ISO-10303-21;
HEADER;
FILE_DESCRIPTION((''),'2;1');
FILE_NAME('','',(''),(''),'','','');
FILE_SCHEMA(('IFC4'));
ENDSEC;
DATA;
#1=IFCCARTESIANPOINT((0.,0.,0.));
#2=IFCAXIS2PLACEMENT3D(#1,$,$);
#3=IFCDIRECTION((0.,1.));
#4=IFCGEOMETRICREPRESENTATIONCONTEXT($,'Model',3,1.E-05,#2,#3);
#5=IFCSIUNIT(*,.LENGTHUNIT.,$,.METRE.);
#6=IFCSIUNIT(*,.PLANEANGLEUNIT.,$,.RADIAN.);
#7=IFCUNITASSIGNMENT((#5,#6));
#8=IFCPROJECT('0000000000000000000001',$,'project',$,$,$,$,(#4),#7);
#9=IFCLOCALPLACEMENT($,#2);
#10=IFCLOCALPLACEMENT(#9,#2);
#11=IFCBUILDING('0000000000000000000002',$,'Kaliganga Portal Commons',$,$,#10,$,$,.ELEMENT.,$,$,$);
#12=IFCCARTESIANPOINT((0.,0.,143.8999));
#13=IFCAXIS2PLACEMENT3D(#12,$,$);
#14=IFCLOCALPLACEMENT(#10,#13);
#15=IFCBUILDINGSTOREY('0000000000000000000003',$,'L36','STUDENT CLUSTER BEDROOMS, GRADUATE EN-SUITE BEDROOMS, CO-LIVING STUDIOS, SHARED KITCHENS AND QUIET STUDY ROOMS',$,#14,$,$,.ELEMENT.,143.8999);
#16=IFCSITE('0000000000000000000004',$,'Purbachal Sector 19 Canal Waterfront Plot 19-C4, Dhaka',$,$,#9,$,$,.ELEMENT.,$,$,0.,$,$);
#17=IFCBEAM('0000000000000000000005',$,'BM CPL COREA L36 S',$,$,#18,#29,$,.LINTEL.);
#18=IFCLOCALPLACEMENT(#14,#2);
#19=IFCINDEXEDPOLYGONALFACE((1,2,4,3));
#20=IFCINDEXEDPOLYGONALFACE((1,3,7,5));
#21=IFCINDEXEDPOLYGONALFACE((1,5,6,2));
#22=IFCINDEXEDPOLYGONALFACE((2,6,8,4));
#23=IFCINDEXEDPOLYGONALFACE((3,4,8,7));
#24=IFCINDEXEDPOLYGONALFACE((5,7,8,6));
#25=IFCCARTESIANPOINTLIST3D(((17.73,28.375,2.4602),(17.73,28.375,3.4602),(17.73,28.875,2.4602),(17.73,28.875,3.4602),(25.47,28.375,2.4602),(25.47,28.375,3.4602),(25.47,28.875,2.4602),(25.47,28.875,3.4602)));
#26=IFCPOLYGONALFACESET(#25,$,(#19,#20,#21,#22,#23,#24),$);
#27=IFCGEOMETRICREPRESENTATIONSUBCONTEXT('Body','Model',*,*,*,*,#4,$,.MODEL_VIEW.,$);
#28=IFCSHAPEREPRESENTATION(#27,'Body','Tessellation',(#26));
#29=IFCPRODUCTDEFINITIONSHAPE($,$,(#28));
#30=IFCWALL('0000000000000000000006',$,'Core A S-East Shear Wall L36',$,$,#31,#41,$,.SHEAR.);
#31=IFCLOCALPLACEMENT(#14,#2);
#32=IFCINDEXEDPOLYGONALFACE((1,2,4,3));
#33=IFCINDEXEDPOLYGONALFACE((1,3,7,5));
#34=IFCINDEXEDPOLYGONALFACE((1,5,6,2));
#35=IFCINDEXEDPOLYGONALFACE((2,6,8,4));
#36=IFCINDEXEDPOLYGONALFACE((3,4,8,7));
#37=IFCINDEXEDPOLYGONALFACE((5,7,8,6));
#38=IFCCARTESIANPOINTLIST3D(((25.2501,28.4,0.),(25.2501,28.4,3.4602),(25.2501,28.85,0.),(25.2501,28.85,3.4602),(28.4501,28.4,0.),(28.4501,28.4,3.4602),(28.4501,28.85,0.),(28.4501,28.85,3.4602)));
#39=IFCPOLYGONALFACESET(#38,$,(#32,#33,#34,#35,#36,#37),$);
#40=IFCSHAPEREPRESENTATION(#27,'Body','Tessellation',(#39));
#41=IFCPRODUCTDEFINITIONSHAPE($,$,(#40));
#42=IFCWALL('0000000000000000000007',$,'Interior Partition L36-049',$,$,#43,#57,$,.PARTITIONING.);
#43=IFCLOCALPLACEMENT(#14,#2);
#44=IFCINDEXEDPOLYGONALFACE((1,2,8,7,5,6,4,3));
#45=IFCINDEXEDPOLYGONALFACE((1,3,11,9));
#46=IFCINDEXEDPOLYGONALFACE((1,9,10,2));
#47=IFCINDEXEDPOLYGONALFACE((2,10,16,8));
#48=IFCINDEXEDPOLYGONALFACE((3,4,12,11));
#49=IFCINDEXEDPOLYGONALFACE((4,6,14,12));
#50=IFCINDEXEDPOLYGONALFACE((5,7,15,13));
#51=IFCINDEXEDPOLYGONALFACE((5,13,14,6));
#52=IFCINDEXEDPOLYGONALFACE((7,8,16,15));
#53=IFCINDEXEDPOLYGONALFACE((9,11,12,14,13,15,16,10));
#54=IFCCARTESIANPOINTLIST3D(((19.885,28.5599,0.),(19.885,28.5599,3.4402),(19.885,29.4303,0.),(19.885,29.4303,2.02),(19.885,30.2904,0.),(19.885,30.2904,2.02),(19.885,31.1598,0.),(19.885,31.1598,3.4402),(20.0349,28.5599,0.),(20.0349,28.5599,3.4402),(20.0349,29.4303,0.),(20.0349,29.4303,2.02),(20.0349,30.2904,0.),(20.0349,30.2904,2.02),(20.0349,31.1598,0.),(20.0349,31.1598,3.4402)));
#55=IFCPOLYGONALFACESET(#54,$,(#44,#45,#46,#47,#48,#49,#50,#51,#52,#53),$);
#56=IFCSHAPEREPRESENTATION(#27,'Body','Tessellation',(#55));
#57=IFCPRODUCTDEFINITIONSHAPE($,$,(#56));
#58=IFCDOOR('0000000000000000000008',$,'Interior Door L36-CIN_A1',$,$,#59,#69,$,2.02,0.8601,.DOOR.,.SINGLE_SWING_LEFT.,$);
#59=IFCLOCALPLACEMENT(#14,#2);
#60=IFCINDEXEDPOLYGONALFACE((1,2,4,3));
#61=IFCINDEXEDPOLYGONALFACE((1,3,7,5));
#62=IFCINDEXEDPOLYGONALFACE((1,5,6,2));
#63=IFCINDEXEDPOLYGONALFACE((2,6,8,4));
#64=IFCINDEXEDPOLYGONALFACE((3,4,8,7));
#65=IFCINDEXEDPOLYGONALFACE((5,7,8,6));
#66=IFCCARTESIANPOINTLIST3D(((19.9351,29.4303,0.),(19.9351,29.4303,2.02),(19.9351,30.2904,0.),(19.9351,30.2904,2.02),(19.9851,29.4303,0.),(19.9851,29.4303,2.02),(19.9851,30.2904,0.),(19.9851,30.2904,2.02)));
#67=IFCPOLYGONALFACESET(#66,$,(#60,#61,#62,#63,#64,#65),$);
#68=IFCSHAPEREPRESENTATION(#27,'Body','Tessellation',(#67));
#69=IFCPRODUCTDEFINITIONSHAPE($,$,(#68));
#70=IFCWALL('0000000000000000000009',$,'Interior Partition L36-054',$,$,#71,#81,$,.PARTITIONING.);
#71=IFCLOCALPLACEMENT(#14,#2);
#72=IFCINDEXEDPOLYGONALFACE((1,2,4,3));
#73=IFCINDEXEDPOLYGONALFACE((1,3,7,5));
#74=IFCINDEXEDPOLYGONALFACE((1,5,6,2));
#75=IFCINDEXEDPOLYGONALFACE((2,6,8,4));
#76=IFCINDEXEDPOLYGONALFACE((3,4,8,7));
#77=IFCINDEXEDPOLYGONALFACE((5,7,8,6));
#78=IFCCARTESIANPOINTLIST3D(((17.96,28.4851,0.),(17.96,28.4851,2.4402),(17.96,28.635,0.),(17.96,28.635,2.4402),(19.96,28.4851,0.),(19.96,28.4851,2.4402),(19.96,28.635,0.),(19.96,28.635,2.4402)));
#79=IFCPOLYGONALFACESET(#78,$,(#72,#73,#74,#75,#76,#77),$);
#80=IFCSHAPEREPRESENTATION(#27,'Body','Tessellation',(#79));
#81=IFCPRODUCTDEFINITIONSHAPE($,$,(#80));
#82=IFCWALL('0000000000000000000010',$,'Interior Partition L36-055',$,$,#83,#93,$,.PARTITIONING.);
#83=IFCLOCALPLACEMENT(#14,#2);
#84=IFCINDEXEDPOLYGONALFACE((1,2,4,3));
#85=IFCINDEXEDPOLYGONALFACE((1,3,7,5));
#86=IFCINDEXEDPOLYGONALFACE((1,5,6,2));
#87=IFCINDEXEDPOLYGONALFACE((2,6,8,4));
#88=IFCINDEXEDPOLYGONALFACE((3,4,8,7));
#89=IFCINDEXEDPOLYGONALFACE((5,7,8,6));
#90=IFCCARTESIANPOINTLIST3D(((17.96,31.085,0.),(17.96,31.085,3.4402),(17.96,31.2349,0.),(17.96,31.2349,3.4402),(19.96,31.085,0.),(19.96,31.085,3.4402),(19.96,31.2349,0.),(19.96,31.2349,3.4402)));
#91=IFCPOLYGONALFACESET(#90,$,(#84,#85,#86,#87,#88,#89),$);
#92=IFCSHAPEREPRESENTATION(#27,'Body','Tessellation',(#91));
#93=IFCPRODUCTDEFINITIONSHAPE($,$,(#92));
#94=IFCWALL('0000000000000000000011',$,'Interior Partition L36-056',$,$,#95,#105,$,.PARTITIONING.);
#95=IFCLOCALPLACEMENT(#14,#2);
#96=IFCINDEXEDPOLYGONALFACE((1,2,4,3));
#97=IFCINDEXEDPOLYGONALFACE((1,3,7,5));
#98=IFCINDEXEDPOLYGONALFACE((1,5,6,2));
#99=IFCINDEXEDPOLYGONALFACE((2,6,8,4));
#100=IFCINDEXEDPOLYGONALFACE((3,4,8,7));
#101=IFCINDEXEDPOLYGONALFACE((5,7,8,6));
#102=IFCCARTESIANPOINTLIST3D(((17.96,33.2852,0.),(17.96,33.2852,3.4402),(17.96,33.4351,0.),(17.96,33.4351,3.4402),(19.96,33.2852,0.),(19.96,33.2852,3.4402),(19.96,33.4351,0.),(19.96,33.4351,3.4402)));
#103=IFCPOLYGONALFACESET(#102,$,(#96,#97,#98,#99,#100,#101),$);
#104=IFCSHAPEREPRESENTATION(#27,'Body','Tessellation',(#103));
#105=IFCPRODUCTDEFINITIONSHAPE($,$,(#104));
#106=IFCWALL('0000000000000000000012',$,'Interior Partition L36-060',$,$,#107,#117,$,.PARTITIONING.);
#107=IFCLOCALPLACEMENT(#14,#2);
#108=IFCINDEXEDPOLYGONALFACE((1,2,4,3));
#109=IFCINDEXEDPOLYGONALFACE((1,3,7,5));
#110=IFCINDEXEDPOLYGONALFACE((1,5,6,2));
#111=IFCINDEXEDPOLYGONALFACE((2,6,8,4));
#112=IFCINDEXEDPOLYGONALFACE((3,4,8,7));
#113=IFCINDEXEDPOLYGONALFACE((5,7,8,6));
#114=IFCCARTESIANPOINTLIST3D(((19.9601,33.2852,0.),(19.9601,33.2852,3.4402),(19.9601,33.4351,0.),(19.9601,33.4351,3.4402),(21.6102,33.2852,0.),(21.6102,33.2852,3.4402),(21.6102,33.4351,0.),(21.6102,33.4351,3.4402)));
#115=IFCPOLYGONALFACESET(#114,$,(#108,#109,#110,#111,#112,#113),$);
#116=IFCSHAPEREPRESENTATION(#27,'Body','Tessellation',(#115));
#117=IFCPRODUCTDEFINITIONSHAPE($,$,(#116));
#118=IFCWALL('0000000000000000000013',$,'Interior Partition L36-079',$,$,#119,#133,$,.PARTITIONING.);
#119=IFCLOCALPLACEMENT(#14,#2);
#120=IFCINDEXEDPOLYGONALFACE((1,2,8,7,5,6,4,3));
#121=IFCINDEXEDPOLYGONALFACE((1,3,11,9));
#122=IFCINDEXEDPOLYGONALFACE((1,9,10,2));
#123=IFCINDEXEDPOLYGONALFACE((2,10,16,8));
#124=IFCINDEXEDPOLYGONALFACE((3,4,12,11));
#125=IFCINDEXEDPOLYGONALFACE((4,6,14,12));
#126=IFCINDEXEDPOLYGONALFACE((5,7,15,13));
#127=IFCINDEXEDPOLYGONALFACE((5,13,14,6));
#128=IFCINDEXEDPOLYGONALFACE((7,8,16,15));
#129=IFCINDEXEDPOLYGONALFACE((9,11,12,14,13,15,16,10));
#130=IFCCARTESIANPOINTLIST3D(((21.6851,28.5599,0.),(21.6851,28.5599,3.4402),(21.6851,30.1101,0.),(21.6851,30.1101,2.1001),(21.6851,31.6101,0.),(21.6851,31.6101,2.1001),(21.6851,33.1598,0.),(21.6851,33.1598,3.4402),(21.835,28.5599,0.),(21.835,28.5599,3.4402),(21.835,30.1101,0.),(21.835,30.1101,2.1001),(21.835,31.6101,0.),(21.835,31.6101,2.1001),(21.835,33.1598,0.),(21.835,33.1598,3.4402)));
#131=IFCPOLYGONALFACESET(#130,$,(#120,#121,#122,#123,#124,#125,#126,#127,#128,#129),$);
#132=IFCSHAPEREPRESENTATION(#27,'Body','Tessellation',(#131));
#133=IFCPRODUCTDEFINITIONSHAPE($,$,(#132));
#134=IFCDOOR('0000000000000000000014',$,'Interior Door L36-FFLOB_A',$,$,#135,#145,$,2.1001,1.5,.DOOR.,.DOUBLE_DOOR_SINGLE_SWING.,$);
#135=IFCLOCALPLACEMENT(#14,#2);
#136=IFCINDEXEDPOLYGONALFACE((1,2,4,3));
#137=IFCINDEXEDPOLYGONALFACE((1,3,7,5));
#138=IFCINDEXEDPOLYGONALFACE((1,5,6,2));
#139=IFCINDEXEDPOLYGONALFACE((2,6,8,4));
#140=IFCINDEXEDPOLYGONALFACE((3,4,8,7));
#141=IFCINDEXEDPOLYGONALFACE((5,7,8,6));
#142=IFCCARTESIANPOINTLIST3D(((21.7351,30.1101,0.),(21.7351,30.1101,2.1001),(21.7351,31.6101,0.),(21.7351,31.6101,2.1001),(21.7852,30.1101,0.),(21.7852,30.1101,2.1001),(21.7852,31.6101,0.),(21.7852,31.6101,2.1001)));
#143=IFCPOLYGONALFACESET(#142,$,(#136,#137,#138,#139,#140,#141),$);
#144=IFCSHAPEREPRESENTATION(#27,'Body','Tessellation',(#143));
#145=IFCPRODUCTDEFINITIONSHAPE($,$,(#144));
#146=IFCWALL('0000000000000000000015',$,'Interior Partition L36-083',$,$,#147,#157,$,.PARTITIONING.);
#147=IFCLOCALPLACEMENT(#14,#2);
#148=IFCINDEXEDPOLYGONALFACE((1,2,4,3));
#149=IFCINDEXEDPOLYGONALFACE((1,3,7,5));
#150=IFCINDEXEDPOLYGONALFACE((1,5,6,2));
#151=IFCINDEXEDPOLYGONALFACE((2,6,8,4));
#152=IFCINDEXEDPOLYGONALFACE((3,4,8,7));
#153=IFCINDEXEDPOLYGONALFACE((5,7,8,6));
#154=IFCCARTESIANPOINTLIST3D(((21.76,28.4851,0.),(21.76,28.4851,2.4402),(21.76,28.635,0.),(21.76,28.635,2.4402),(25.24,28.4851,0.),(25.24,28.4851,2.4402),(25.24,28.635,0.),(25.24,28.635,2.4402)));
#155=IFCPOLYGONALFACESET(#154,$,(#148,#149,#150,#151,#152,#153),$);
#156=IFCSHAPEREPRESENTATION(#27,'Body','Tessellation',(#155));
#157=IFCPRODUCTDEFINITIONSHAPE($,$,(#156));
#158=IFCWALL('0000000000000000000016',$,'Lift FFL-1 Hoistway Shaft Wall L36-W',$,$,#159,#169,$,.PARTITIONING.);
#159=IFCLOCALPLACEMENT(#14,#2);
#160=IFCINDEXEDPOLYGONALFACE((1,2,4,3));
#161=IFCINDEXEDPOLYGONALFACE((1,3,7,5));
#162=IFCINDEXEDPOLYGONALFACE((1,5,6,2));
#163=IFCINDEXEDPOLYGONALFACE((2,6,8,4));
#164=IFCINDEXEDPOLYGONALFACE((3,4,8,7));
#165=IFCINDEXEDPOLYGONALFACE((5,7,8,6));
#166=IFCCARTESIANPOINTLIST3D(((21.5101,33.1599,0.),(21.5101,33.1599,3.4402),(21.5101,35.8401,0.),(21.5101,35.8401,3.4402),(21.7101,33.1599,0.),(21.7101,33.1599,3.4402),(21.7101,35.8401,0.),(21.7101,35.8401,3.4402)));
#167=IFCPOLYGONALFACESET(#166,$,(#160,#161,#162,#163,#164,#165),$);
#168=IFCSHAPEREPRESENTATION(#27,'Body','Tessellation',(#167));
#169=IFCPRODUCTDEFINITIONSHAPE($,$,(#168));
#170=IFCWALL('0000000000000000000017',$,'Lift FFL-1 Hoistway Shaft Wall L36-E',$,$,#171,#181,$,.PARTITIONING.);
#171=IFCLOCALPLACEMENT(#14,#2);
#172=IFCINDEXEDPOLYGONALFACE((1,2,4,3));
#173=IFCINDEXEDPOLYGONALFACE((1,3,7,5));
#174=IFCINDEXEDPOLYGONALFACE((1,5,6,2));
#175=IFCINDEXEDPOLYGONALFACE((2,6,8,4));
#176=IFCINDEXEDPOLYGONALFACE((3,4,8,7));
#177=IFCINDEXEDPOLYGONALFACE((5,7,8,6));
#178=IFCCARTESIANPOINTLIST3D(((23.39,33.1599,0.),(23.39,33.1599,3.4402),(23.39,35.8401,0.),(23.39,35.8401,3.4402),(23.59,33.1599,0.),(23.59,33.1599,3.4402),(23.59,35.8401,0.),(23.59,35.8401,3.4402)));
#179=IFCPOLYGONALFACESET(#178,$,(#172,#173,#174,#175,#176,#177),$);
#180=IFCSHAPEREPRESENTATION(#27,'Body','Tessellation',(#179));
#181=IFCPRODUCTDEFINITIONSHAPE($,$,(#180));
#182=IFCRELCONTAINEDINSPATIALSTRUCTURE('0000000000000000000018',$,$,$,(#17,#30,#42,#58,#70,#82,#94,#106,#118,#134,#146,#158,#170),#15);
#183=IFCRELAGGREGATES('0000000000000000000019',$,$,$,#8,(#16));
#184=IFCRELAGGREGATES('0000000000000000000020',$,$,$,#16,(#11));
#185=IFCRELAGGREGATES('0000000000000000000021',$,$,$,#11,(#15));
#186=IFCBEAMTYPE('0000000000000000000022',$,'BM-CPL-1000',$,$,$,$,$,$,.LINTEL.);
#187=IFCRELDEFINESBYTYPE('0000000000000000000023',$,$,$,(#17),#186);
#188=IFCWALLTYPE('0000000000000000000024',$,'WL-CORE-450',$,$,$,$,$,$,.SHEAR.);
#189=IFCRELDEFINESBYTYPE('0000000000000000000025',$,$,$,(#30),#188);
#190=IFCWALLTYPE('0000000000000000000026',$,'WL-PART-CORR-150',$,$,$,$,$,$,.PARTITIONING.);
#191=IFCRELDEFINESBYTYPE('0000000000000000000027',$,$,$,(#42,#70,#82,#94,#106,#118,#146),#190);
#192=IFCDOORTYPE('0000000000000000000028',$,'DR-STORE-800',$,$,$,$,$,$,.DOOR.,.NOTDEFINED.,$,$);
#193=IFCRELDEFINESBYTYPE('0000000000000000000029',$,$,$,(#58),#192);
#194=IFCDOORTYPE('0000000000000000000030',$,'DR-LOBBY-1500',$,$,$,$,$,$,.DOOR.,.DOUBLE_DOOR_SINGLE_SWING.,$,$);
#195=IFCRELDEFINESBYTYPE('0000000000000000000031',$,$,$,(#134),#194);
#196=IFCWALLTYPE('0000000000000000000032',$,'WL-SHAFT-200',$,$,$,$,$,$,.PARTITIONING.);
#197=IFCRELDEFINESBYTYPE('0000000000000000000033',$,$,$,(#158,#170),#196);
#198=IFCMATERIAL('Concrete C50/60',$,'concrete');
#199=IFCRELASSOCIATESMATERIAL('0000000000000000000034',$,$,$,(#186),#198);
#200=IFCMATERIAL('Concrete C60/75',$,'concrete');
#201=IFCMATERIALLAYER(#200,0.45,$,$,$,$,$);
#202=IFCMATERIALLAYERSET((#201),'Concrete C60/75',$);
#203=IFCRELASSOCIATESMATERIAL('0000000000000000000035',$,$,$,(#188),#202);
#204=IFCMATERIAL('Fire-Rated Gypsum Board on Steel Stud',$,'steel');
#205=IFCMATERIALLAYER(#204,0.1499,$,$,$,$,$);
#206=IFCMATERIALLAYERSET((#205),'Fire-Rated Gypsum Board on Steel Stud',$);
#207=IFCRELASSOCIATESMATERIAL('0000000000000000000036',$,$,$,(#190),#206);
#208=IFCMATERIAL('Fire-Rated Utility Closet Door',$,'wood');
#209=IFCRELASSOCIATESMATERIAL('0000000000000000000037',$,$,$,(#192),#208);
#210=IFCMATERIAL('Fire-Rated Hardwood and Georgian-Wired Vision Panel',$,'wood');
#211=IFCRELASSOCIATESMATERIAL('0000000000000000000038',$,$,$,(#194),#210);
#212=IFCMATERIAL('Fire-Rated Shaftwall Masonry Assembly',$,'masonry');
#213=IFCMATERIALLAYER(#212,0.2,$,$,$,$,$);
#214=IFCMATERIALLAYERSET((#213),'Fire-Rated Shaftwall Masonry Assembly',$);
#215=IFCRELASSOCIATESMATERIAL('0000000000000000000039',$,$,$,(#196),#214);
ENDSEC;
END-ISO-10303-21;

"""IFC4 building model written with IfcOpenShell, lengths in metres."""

from ifc_helpers import new_model, si_unit, direction, frame, frame_2d, origin, origin_2d, place, context, subcontext, project, spatial, rectangle, extrude, source, transform, mapped, material, layer, layer_set, material_profile, profile_set, type_object, element, fill, save


model = new_model("IFC4")

# Units and contexts
model_context = context("Model", 3, precision=1e-05, world=origin(), true_north=direction((0.0, 1.0)))
body_context = subcontext(model_context, "Body", "Model", "MODEL_VIEW")
ifc_project = project(units=[si_unit("LENGTHUNIT", "METRE"), si_unit("PLANEANGLEUNIT", "RADIAN")], contexts=[model_context])

# Site, building, storey
site_placement = place(None, origin())
site = spatial("IfcSite", under=ifc_project, at=site_placement, Name="Purbachal Sector 19 Canal Waterfront Plot 19-C4, Dhaka", CompositionType="ELEMENT", RefElevation=0.0)
building_placement = place(site_placement, origin())
building = spatial("IfcBuilding", under=site, at=building_placement, Name="Kaliganga Portal Commons", CompositionType="ELEMENT")
storey_placement = place(building_placement, frame((0.0, 0.0, 143.8999)))
storey = spatial("IfcBuildingStorey", under=building, at=storey_placement, Name="L36", Description="STUDENT CLUSTER BEDROOMS, GRADUATE EN-SUITE BEDROOMS, CO-LIVING STUDIOS, SHARED KITCHENS AND QUIET STUDY ROOMS", CompositionType="ELEMENT", Elevation=143.8999)

# Beam
ifc_material_1 = material(Name="Concrete C50/60", Category="concrete")
ifc_material_profile = material_profile(ifc_material_1, rectangle(XDim=0.5, YDim=1.0, at=origin_2d()), Name="RC 500x1000")
ifc_profile_set = profile_set([ifc_material_profile], Name="Concrete C50/60")
beam_type = type_object("IfcBeamType", Name="BM-CPL-1000", PredefinedType="LINTEL", material=ifc_profile_set)
shared_shape = source(origin(), body_context, "Body", "SweptSolid", [
    extrude(rectangle(XDim=0.5, YDim=1.0, at=origin_2d()), origin(), (0.0, 0.0, 1.0), 7.74),
])
beam_placement = place(storey_placement, frame((17.73, 28.625, 2.9602), z_axis=(1.0, 0.0, 0.0), x_axis=(0.0, 1.0, 0.0)))
element("IfcBeam", 1, at=beam_placement, inside=storey, type_object=beam_type, Name="BM CPL COREA L36 S", PredefinedType="LINTEL", context=body_context, shape_type="MappedRepresentation", body=[
    mapped(shared_shape, transform((0.0, 0.0, 0.0), x_axis=(1.0, 0.0, 0.0), y_axis=(0.0, 1.0, 0.0), z_axis=(0.0, 0.0, 1.0), scale=1.0)),
])

# Wall
ifc_material_2 = material(Name="Concrete C60/75", Category="concrete")
ifc_layer_1 = layer(ifc_material_2, 0.45)
ifc_layer_set_1 = layer_set([ifc_layer_1], Name="Concrete C60/75")
wall_type_1 = type_object("IfcWallType", Name="WL-CORE-450", PredefinedType="SHEAR", material=ifc_layer_set_1)
wall_1_placement = place(storey_placement, frame((25.25, 28.625, 0.0), z_axis=(0.0, 0.0, 1.0), x_axis=(1.0, 0.0, 0.0)))
element("IfcWall", 2, at=wall_1_placement, inside=storey, type_object=wall_type_1, Name="Core A S-East Shear Wall L36", PredefinedType="SHEAR", context=body_context, shape_type="SweptSolid", body=[
    extrude(rectangle(XDim=3.2, YDim=0.45, at=frame_2d((1.6001, 0.0))), origin(), (0.0, 0.0, 1.0), 3.4602),
])

# Wall, opening, door
ifc_material_3 = material(Name="Fire-Rated Gypsum Board on Steel Stud", Category="steel")
ifc_layer_2 = layer(ifc_material_3, 0.1499)
ifc_layer_set_2 = layer_set([ifc_layer_2], Name="Fire-Rated Gypsum Board on Steel Stud")
wall_type_2 = type_object("IfcWallType", Name="WL-PART-CORR-150", PredefinedType="PARTITIONING", material=ifc_layer_set_2)
wall_2_placement = place(storey_placement, frame((19.96, 28.5601, 0.0), z_axis=(0.0, 0.0, 1.0), x_axis=(0.0, 1.0, 0.0)))
wall_2 = element("IfcWall", 3, at=wall_2_placement, inside=storey, type_object=wall_type_2, Name="Interior Partition L36-049", PredefinedType="PARTITIONING", context=body_context, shape_type="SweptSolid", body=[
    extrude(rectangle(XDim=2.5999, YDim=0.1499, at=frame_2d((1.2998, 0.0))), origin(), (0.0, 0.0, 1.0), 3.4402),
])
opening_1_placement = place(wall_2_placement, frame((0.8701, 0.0, 0.0)))
opening_1 = element("IfcOpeningElement", 4, at=opening_1_placement, cuts=wall_2, PredefinedType="OPENING", context=body_context, shape_type="SweptSolid", body=[
    extrude(rectangle(XDim=0.8601, YDim=2.02, at=frame_2d((0.4302, 1.01))), frame((0.0, 0.085, 0.0), z_axis=(0.0, -1.0, 0.0), x_axis=(1.0, 0.0, 0.0)), (0.0, 0.0, 1.0), 0.1699),
])
ifc_material_4 = material(Name="Fire-Rated Utility Closet Door", Category="wood")
door_type_1 = type_object("IfcDoorType", Name="DR-STORE-800", OperationType="NOTDEFINED", PredefinedType="DOOR", material=ifc_material_4)
door_1_placement = place(opening_1_placement, origin())
door_1 = element("IfcDoor", 5, at=door_1_placement, inside=storey, type_object=door_type_1, Name="Interior Door L36-CIN_A1", OperationType="SINGLE_SWING_LEFT", OverallHeight=2.02, OverallWidth=0.8601, PredefinedType="DOOR", context=body_context, shape_type="SweptSolid", body=[
    extrude(rectangle(XDim=0.8601, YDim=2.02, at=frame_2d((0.4302, 1.01))), frame((0.0, 0.0249, 0.0), z_axis=(0.0, -1.0, 0.0), x_axis=(1.0, 0.0, 0.0)), (0.0, 0.0, 1.0), 0.05),
])
fill(opening_1, door_1)

# Walls
wall_3_placement = place(storey_placement, frame((17.96, 28.5601, 0.0), z_axis=(0.0, 0.0, 1.0), x_axis=(1.0, 0.0, 0.0)))
element("IfcWall", 6, at=wall_3_placement, inside=storey, type_object=wall_type_2, Name="Interior Partition L36-054", PredefinedType="PARTITIONING", context=body_context, shape_type="SweptSolid", body=[
    extrude(rectangle(XDim=2.0, YDim=0.1499, at=frame_2d((1.0, 0.0))), origin(), (0.0, 0.0, 1.0), 2.4402),
])
for number, where, z_axis, x_axis, name in (
    (7, (17.96, 31.1599, 0.0), (0.0, 0.0, 1.0), (1.0, 0.0, 0.0), "Interior Partition L36-055"),
    (8, (17.96, 33.3601, 0.0), (0.0, 0.0, 1.0), (1.0, 0.0, 0.0), "Interior Partition L36-056"),
):
    element("IfcWall", number, at=place(storey_placement, frame(where, z_axis=z_axis, x_axis=x_axis)), inside=storey, type_object=wall_type_2, Name=name, PredefinedType="PARTITIONING", context=body_context, shape_type="SweptSolid", body=[
        extrude(rectangle(XDim=2.0, YDim=0.1499, at=frame_2d((1.0, 0.0))), origin(), (0.0, 0.0, 1.0), 3.4402),
    ])
wall_4_placement = place(storey_placement, frame((19.96, 33.3601, 0.0), z_axis=(0.0, 0.0, 1.0), x_axis=(1.0, 0.0, 0.0)))
element("IfcWall", 9, at=wall_4_placement, inside=storey, type_object=wall_type_2, Name="Interior Partition L36-060", PredefinedType="PARTITIONING", context=body_context, shape_type="SweptSolid", body=[
    extrude(rectangle(XDim=1.6501, YDim=0.1499, at=frame_2d((0.8252, 0.0))), origin(), (0.0, 0.0, 1.0), 3.4402),
])

# Wall, opening, door
wall_5_placement = place(storey_placement, frame((21.76, 28.5601, 0.0), z_axis=(0.0, 0.0, 1.0), x_axis=(0.0, 1.0, 0.0)))
wall_5 = element("IfcWall", 10, at=wall_5_placement, inside=storey, type_object=wall_type_2, Name="Interior Partition L36-079", PredefinedType="PARTITIONING", context=body_context, shape_type="SweptSolid", body=[
    extrude(rectangle(XDim=4.5999, YDim=0.1499, at=frame_2d((2.2998, 0.0))), origin(), (0.0, 0.0, 1.0), 3.4402),
])
opening_2_placement = place(wall_5_placement, frame((1.55, 0.0, 0.0)))
opening_2 = element("IfcOpeningElement", 11, at=opening_2_placement, cuts=wall_5, PredefinedType="OPENING", context=body_context, shape_type="SweptSolid", body=[
    extrude(rectangle(XDim=1.5, YDim=2.1001, at=frame_2d((0.75, 1.05))), frame((0.0, 0.085, 0.0), z_axis=(0.0, -1.0, 0.0), x_axis=(1.0, 0.0, 0.0)), (0.0, 0.0, 1.0), 0.1699),
])
ifc_material_5 = material(Name="Fire-Rated Hardwood and Georgian-Wired Vision Panel", Category="wood")
door_type_2 = type_object("IfcDoorType", Name="DR-LOBBY-1500", OperationType="DOUBLE_DOOR_SINGLE_SWING", PredefinedType="DOOR", material=ifc_material_5)
door_2_placement = place(opening_2_placement, origin())
door_2 = element("IfcDoor", 12, at=door_2_placement, inside=storey, type_object=door_type_2, Name="Interior Door L36-FFLOB_A", OperationType="DOUBLE_DOOR_SINGLE_SWING", OverallHeight=2.1001, OverallWidth=1.5, PredefinedType="DOOR", context=body_context, shape_type="SweptSolid", body=[
    extrude(rectangle(XDim=1.5, YDim=2.1001, at=frame_2d((0.75, 1.05))), frame((0.0, 0.0249, 0.0), z_axis=(0.0, -1.0, 0.0), x_axis=(1.0, 0.0, 0.0)), (0.0, 0.0, 1.0), 0.05),
])
fill(opening_2, door_2)

# Wall
wall_6_placement = place(storey_placement, frame((21.76, 28.5601, 0.0), z_axis=(0.0, 0.0, 1.0), x_axis=(1.0, 0.0, 0.0)))
element("IfcWall", 13, at=wall_6_placement, inside=storey, type_object=wall_type_2, Name="Interior Partition L36-083", PredefinedType="PARTITIONING", context=body_context, shape_type="SweptSolid", body=[
    extrude(rectangle(XDim=3.48, YDim=0.1499, at=frame_2d((1.74, 0.0))), origin(), (0.0, 0.0, 1.0), 2.4402),
])

# Shared definitions
ifc_material_6 = material(Name="Fire-Rated Shaftwall Masonry Assembly", Category="masonry")
ifc_layer_3 = layer(ifc_material_6, 0.2)
ifc_layer_set_3 = layer_set([ifc_layer_3], Name="Fire-Rated Shaftwall Masonry Assembly")
wall_type_3 = type_object("IfcWallType", Name="WL-SHAFT-200", PredefinedType="PARTITIONING", material=ifc_layer_set_3)

# Walls
for number, where, z_axis, x_axis, name in (
    (14, (21.6101, 33.1599, 0.0), (0.0, 0.0, 1.0), (0.0, 1.0, 0.0), "Lift FFL-1 Hoistway Shaft Wall L36-W"),
    (15, (23.49, 33.1599, 0.0), (0.0, 0.0, 1.0), (0.0, 1.0, 0.0), "Lift FFL-1 Hoistway Shaft Wall L36-E"),
):
    element("IfcWall", number, at=place(storey_placement, frame(where, z_axis=z_axis, x_axis=x_axis)), inside=storey, type_object=wall_type_3, Name=name, PredefinedType="PARTITIONING", context=body_context, shape_type="SweptSolid", body=[
        extrude(rectangle(XDim=2.6802, YDim=0.2, at=frame_2d((1.3401, 0.0))), origin(), (0.0, 0.0, 1.0), 3.4402),
    ])

save(model, "model.ifc")
